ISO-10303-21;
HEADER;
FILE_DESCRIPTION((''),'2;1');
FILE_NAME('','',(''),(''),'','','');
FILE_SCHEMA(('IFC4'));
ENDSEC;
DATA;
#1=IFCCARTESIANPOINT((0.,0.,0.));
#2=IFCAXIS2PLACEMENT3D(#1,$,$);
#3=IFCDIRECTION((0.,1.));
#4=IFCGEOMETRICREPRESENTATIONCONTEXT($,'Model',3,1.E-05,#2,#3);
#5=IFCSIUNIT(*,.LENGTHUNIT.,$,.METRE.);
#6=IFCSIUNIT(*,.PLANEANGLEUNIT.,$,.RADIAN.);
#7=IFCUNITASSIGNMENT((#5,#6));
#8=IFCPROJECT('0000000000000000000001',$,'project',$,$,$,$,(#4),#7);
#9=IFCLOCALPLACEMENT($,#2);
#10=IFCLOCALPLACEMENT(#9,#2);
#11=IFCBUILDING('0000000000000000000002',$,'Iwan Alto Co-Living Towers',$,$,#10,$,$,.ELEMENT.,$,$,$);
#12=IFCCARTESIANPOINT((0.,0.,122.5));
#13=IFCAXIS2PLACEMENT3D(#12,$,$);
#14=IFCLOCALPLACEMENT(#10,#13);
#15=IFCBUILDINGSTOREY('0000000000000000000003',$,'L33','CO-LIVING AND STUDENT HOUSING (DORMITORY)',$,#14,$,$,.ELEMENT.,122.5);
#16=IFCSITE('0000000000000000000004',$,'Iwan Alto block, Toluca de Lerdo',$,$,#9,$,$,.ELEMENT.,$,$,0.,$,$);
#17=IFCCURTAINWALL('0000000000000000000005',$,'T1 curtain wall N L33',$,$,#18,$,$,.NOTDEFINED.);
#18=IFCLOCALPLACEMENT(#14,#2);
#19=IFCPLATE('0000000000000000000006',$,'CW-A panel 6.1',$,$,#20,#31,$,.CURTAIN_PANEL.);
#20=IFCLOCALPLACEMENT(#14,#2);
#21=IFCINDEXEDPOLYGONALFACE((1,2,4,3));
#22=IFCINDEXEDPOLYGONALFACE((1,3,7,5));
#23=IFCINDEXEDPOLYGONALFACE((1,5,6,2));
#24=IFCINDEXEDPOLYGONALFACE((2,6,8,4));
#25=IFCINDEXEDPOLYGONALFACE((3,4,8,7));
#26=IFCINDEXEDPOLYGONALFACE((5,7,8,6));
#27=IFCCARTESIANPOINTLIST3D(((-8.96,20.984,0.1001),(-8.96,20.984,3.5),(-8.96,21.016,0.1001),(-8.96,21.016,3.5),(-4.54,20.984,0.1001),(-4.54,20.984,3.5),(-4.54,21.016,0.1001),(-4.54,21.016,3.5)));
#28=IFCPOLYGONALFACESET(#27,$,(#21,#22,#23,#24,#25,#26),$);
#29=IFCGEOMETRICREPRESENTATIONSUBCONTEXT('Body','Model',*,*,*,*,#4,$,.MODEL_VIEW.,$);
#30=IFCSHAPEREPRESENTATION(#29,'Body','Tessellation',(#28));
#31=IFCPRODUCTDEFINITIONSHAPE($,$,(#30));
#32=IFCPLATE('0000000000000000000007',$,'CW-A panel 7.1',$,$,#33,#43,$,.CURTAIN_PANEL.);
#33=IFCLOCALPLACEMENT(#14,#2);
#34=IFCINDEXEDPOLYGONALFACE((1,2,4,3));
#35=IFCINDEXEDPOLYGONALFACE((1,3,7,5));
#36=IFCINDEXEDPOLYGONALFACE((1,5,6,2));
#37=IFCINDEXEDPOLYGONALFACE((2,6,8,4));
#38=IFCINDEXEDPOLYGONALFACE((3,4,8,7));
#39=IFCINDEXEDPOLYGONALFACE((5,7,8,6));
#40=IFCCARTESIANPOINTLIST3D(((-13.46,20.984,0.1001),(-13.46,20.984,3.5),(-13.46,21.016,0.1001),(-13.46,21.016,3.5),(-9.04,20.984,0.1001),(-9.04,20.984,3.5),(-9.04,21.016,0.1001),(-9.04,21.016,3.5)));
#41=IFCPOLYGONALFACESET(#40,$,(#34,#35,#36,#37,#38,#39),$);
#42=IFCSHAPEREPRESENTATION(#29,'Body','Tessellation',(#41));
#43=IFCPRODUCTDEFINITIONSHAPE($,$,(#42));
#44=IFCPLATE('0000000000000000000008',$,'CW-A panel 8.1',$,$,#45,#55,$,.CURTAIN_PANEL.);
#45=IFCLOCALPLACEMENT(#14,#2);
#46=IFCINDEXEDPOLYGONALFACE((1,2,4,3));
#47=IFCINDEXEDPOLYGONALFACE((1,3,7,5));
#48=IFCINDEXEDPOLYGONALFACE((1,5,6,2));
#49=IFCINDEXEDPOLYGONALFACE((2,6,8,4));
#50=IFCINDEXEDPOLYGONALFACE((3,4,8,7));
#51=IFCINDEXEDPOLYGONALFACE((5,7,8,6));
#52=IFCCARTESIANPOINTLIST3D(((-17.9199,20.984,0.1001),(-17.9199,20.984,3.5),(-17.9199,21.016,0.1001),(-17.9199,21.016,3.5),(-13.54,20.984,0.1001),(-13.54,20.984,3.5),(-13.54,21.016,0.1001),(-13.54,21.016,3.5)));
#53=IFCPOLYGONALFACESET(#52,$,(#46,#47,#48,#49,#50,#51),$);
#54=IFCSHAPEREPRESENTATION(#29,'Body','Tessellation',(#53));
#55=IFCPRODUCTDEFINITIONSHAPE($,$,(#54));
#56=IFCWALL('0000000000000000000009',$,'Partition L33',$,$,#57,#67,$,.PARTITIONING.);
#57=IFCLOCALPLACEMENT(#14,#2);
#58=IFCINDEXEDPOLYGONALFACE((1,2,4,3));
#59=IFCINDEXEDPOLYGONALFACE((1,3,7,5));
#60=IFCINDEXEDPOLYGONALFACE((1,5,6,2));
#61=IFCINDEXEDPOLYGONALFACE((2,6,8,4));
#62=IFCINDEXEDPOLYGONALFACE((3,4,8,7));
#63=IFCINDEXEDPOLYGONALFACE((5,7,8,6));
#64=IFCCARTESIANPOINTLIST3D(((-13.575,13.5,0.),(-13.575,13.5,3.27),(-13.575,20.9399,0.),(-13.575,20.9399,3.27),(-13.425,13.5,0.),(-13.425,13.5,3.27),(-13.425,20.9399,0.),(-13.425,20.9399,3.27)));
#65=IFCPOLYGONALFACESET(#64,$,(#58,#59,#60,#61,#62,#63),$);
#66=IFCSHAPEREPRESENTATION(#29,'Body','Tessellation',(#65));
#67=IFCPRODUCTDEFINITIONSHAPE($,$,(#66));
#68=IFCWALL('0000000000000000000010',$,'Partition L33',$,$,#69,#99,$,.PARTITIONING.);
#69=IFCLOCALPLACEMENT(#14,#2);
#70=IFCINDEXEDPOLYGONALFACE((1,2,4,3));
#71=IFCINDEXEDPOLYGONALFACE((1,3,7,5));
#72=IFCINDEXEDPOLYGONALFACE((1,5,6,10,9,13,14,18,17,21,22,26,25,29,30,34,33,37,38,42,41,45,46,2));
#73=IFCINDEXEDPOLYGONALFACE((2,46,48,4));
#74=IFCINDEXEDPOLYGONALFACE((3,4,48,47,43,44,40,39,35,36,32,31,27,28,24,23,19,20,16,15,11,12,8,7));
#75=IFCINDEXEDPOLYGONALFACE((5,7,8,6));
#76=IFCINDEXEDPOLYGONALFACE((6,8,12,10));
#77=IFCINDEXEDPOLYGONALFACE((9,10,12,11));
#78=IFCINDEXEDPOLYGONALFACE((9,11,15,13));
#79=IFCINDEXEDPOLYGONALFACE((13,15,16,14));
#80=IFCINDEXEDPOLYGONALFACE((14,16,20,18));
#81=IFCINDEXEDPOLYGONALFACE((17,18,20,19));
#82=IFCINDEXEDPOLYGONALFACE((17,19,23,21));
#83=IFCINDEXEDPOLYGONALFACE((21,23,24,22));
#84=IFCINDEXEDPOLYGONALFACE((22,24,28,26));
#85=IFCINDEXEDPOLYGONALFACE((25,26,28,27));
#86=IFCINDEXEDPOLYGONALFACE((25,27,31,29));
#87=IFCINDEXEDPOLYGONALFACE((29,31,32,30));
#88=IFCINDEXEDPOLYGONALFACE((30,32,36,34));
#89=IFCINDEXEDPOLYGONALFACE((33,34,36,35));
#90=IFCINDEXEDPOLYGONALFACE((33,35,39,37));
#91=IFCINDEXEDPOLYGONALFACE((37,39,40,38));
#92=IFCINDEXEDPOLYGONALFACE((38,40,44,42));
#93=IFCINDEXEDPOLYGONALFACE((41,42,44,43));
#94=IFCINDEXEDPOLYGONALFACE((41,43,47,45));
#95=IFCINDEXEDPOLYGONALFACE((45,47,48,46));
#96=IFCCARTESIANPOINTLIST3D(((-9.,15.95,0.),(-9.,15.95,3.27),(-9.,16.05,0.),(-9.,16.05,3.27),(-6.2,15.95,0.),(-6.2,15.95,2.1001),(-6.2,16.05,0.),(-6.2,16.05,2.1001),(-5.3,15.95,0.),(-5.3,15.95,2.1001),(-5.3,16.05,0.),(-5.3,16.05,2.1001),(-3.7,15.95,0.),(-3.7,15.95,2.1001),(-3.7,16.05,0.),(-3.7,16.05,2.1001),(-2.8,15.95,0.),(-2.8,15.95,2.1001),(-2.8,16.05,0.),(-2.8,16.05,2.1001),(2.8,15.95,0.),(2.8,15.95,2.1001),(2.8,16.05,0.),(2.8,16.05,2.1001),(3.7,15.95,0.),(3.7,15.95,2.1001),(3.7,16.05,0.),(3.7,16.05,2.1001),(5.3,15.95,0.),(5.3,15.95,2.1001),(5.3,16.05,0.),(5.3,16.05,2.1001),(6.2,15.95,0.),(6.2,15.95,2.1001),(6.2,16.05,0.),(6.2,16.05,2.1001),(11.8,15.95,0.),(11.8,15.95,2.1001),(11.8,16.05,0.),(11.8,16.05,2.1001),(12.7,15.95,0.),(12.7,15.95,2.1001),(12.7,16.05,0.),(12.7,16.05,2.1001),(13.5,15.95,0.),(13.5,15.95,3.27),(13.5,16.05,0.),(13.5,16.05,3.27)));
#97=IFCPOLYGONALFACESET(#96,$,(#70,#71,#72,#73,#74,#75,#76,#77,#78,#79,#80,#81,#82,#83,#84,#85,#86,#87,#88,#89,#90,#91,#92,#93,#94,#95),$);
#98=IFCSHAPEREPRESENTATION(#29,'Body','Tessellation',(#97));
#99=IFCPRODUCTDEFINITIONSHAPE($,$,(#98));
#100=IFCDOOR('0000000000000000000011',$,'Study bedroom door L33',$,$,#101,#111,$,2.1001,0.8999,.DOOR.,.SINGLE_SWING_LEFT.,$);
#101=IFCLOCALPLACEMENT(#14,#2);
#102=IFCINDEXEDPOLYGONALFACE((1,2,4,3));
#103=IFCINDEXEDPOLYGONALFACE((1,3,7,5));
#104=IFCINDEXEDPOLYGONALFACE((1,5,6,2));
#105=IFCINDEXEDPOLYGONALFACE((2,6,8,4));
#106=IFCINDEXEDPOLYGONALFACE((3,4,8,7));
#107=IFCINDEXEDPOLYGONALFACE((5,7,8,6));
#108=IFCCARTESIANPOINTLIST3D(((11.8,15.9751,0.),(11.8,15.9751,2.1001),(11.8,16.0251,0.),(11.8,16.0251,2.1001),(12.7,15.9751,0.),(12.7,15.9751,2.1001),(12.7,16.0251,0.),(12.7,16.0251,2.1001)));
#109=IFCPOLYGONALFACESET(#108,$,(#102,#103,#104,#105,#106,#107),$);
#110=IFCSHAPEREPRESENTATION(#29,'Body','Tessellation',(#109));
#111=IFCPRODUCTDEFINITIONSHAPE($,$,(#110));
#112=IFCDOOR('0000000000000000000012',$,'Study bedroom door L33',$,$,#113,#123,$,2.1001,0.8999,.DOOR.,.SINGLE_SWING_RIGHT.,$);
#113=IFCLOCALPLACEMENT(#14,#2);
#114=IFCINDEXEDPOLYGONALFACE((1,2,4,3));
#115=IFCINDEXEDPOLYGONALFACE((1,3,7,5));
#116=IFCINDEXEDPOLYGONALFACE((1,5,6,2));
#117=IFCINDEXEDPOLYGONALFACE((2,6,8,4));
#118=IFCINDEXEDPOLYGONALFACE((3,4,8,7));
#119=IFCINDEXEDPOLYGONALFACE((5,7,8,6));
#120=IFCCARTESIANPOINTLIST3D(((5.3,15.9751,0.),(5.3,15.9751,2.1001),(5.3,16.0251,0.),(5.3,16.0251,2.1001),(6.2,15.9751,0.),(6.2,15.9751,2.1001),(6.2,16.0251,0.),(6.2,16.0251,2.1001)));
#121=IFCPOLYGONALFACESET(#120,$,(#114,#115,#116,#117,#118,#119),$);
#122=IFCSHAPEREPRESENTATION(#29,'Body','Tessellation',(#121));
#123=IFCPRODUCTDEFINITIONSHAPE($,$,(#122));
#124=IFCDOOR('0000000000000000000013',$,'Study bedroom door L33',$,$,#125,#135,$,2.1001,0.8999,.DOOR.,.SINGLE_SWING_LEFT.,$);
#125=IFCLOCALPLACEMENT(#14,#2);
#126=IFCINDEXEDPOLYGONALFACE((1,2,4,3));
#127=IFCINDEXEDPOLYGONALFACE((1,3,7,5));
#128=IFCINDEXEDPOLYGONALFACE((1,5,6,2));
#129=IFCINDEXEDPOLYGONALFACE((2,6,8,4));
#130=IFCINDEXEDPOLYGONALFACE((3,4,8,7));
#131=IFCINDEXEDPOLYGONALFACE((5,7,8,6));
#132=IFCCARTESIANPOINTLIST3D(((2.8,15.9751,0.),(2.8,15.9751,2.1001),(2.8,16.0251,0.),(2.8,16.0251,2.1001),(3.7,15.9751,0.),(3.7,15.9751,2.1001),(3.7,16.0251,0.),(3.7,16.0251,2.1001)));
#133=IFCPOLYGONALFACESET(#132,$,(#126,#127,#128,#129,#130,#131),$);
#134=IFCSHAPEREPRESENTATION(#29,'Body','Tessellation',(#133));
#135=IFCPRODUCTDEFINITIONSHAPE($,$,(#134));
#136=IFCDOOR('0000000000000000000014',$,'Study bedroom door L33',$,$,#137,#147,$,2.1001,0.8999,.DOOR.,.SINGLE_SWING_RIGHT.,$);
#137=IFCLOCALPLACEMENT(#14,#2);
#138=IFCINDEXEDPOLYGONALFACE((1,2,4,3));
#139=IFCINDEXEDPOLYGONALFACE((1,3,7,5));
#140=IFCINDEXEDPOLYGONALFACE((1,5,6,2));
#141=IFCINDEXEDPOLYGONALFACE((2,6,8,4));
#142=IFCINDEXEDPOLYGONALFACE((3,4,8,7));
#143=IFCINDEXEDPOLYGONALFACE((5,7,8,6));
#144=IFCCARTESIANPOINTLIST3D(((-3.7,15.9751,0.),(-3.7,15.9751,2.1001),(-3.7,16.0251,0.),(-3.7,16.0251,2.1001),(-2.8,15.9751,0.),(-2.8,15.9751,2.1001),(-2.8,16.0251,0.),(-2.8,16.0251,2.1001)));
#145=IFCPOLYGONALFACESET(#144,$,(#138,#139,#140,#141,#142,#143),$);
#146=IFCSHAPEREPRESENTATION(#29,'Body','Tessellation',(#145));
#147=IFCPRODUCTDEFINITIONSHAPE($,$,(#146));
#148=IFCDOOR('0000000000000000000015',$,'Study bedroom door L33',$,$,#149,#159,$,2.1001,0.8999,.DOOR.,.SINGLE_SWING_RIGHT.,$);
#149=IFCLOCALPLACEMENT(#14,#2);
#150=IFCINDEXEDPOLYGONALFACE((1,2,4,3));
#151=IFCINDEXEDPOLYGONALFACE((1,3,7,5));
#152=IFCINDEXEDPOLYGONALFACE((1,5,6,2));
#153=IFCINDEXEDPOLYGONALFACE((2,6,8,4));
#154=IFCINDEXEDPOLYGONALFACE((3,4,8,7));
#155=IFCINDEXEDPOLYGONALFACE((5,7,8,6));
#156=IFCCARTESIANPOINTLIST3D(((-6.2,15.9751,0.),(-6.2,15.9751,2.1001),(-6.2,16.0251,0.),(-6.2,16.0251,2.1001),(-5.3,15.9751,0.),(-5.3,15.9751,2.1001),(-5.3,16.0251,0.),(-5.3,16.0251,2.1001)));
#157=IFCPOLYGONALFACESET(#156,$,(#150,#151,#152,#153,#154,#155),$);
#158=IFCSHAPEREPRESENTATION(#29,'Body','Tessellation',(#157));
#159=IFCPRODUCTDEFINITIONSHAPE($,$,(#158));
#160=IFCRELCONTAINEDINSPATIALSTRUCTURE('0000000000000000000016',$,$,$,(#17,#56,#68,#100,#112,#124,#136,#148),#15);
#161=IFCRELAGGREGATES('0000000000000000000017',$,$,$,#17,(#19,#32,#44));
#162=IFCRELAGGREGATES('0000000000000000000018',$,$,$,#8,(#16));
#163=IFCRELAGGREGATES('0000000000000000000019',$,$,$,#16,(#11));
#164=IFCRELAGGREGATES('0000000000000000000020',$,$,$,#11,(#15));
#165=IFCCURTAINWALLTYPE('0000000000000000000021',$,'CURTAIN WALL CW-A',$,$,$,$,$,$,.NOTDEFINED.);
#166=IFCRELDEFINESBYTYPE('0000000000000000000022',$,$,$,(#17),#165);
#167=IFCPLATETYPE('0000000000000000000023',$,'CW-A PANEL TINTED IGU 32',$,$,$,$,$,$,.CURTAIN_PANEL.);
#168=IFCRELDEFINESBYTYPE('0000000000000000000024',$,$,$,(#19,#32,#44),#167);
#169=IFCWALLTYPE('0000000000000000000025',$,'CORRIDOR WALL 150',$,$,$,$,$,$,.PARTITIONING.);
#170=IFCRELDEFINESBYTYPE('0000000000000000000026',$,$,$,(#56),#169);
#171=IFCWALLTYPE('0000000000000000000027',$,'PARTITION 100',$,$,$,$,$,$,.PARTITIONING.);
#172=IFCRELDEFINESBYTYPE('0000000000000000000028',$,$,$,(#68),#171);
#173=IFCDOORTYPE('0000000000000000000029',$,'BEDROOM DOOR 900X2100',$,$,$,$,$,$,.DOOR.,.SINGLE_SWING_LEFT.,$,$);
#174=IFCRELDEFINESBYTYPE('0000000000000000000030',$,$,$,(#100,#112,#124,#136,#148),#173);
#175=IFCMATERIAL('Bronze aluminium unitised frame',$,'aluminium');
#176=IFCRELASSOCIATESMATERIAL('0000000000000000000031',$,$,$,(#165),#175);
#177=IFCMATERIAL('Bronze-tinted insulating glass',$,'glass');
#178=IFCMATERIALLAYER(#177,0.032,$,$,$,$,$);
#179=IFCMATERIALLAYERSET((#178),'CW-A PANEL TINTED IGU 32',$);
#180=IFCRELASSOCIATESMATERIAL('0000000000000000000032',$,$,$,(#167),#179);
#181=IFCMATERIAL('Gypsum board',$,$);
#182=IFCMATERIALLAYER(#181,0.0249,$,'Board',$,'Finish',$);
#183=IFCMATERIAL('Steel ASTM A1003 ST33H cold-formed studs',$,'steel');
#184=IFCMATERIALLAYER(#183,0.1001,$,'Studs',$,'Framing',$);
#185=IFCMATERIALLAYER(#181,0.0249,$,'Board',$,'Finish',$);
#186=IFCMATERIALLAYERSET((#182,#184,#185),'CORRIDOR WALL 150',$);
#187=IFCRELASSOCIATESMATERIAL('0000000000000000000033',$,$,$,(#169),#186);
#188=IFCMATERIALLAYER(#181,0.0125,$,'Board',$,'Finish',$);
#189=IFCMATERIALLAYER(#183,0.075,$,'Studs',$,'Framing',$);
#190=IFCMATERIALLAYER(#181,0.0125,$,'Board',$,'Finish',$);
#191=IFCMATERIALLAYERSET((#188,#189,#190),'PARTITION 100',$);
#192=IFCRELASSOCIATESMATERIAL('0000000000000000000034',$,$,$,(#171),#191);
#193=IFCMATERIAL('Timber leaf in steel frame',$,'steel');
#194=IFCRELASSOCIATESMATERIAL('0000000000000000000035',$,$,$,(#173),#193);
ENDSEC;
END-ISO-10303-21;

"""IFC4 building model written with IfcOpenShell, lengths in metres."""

from ifc_helpers import new_model, si_unit, direction, frame, frame_2d, origin, origin_2d, place, context, subcontext, project, spatial, rectangle, extrude, material, layer, layer_set, type_object, element, fill, aggregate, save


model = new_model("IFC4")

# Units and contexts
model_context = context("Model", 3, precision=1e-05, world=origin(), true_north=direction((0.0, 1.0)))
body_context = subcontext(model_context, "Body", "Model", "MODEL_VIEW")
ifc_project = project(units=[si_unit("LENGTHUNIT", "METRE"), si_unit("PLANEANGLEUNIT", "RADIAN")], contexts=[model_context])

# Site, building, storey
site_placement = place(None, origin())
site = spatial("IfcSite", under=ifc_project, at=site_placement, Name="Iwan Alto block, Toluca de Lerdo", CompositionType="ELEMENT", RefElevation=0.0)
building_placement = place(site_placement, origin())
building = spatial("IfcBuilding", under=site, at=building_placement, Name="Iwan Alto Co-Living Towers", CompositionType="ELEMENT")
storey_placement = place(building_placement, frame((0.0, 0.0, 122.5)))
storey = spatial("IfcBuildingStorey", under=building, at=storey_placement, Name="L33", Description="CO-LIVING AND STUDENT HOUSING (DORMITORY)", CompositionType="ELEMENT", Elevation=122.5)

# Curtain wall
ifc_material_1 = material(Name="Bronze aluminium unitised frame", Category="aluminium")
curtain_wall_type_1 = type_object("IfcCurtainWallType", Name="CURTAIN WALL CW-A", PredefinedType="NOTDEFINED", material=ifc_material_1)
curtain_wall_1_placement = place(storey_placement, origin())
curtain_wall_1 = element("IfcCurtainWall", 1, at=curtain_wall_1_placement, inside=storey, type_object=curtain_wall_type_1, Name="T1 curtain wall N L33", PredefinedType="NOTDEFINED")

# Plates
ifc_material_2 = material(Name="Bronze-tinted insulating glass", Category="glass")
ifc_layer_1 = layer(ifc_material_2, 0.032)
ifc_layer_set_1 = layer_set([ifc_layer_1], Name="CW-A PANEL TINTED IGU 32")
plate_type = type_object("IfcPlateType", Name="CW-A PANEL TINTED IGU 32", PredefinedType="CURTAIN_PANEL", material=ifc_layer_set_1)
plate_1_placement = place(storey_placement, frame((-6.75, 21.0, 0.1001), z_axis=(0.0, 0.0, 1.0), x_axis=(-1.0, 0.0, 0.0)))
plate_1 = element("IfcPlate", 2, at=plate_1_placement, type_object=plate_type, Name="CW-A panel 6.1", PredefinedType="CURTAIN_PANEL", context=body_context, shape_type="SweptSolid", body=[
    extrude(rectangle(XDim=4.4199, YDim=0.032, at=origin_2d()), origin(), (0.0, 0.0, 1.0), 3.3999),
])
plate_2_placement = place(storey_placement, frame((-11.25, 21.0, 0.1001), z_axis=(0.0, 0.0, 1.0), x_axis=(-1.0, 0.0, 0.0)))
plate_2 = element("IfcPlate", 3, at=plate_2_placement, type_object=plate_type, Name="CW-A panel 7.1", PredefinedType="CURTAIN_PANEL", context=body_context, shape_type="SweptSolid", body=[
    extrude(rectangle(XDim=4.4199, YDim=0.032, at=origin_2d()), origin(), (0.0, 0.0, 1.0), 3.3999),
])
plate_3_placement = place(storey_placement, frame((-15.73, 21.0, 0.1001), z_axis=(0.0, 0.0, 1.0), x_axis=(-1.0, 0.0, 0.0)))
plate_3 = element("IfcPlate", 4, at=plate_3_placement, type_object=plate_type, Name="CW-A panel 8.1", PredefinedType="CURTAIN_PANEL", context=body_context, shape_type="SweptSolid", body=[
    extrude(rectangle(XDim=4.3799, YDim=0.032, at=origin_2d()), origin(), (0.0, 0.0, 1.0), 3.3999),
])
aggregate(curtain_wall_1, [plate_1, plate_2, plate_3])

# Wall
ifc_material_3 = material(Name="Gypsum board")
ifc_layer_2 = layer(ifc_material_3, 0.0249, Name="Board", Category="Finish")
ifc_material_4 = material(Name="Steel ASTM A1003 ST33H cold-formed studs", Category="steel")
ifc_layer_3 = layer(ifc_material_4, 0.1001, Name="Studs", Category="Framing")
ifc_layer_4 = layer(ifc_material_3, 0.0249, Name="Board", Category="Finish")
ifc_layer_set_2 = layer_set([ifc_layer_2, ifc_layer_3, ifc_layer_4], Name="CORRIDOR WALL 150")
wall_type_1 = type_object("IfcWallType", Name="CORRIDOR WALL 150", PredefinedType="PARTITIONING", material=ifc_layer_set_2)
wall_1_placement = place(storey_placement, frame((-13.5, 13.5, 0.0), z_axis=(0.0, 0.0, 1.0), x_axis=(0.0, 1.0, 0.0)))
element("IfcWall", 5, at=wall_1_placement, inside=storey, type_object=wall_type_1, Name="Partition L33", PredefinedType="PARTITIONING", context=body_context, shape_type="SweptSolid", body=[
    extrude(rectangle(XDim=7.4399, YDim=0.1499, at=frame_2d((3.72, 0.0))), origin(), (0.0, 0.0, 1.0), 3.27),
])

# Wall, openings, doors
ifc_layer_5 = layer(ifc_material_3, 0.0125, Name="Board", Category="Finish")
ifc_layer_6 = layer(ifc_material_4, 0.075, Name="Studs", Category="Framing")
ifc_layer_7 = layer(ifc_material_3, 0.0125, Name="Board", Category="Finish")
ifc_layer_set_3 = layer_set([ifc_layer_5, ifc_layer_6, ifc_layer_7], Name="PARTITION 100")
wall_type_2 = type_object("IfcWallType", Name="PARTITION 100", PredefinedType="PARTITIONING", material=ifc_layer_set_3)
wall_2_placement = place(storey_placement, frame((-9.0, 16.0, 0.0), z_axis=(0.0, 0.0, 1.0), x_axis=(1.0, 0.0, 0.0)))
wall_2 = element("IfcWall", 6, at=wall_2_placement, inside=storey, type_object=wall_type_2, Name="Partition L33", PredefinedType="PARTITIONING", context=body_context, shape_type="SweptSolid", body=[
    extrude(rectangle(XDim=22.5, YDim=0.1001, at=frame_2d((11.25, 0.0))), origin(), (0.0, 0.0, 1.0), 3.27),
])
opening_1_placement = place(wall_2_placement, frame((20.8, 0.0, 0.0)))
opening_1 = element("IfcOpeningElement", 7, at=opening_1_placement, cuts=wall_2, PredefinedType="OPENING", context=body_context, shape_type="SweptSolid", body=[
    extrude(rectangle(XDim=0.8999, YDim=2.1001, at=frame_2d((0.45, 1.05))), frame((0.0, 0.0601, 0.0), z_axis=(0.0, -1.0, 0.0), x_axis=(1.0, 0.0, 0.0)), (0.0, 0.0, 1.0), 0.1201),
])
opening_2_placement = place(wall_2_placement, frame((14.3, 0.0, 0.0)))
opening_2 = element("IfcOpeningElement", 8, at=opening_2_placement, cuts=wall_2, PredefinedType="OPENING", context=body_context, shape_type="SweptSolid", body=[
    extrude(rectangle(XDim=0.8999, YDim=2.1001, at=frame_2d((0.45, 1.05))), frame((0.0, 0.0601, 0.0), z_axis=(0.0, -1.0, 0.0), x_axis=(1.0, 0.0, 0.0)), (0.0, 0.0, 1.0), 0.1201),
])
opening_3_placement = place(wall_2_placement, frame((11.8, 0.0, 0.0)))
opening_3 = element("IfcOpeningElement", 9, at=opening_3_placement, cuts=wall_2, PredefinedType="OPENING", context=body_context, shape_type="SweptSolid", body=[
    extrude(rectangle(XDim=0.8999, YDim=2.1001, at=frame_2d((0.45, 1.05))), frame((0.0, 0.0601, 0.0), z_axis=(0.0, -1.0, 0.0), x_axis=(1.0, 0.0, 0.0)), (0.0, 0.0, 1.0), 0.1201),
])
opening_4_placement = place(wall_2_placement, frame((5.3, 0.0, 0.0)))
opening_4 = element("IfcOpeningElement", 10, at=opening_4_placement, cuts=wall_2, PredefinedType="OPENING", context=body_context, shape_type="SweptSolid", body=[
    extrude(rectangle(XDim=0.8999, YDim=2.1001, at=frame_2d((0.45, 1.05))), frame((0.0, 0.0601, 0.0), z_axis=(0.0, -1.0, 0.0), x_axis=(1.0, 0.0, 0.0)), (0.0, 0.0, 1.0), 0.1201),
])
opening_5_placement = place(wall_2_placement, frame((2.8, 0.0, 0.0)))
opening_5 = element("IfcOpeningElement", 11, at=opening_5_placement, cuts=wall_2, PredefinedType="OPENING", context=body_context, shape_type="SweptSolid", body=[
    extrude(rectangle(XDim=0.8999, YDim=2.1001, at=frame_2d((0.45, 1.05))), frame((0.0, 0.0601, 0.0), z_axis=(0.0, -1.0, 0.0), x_axis=(1.0, 0.0, 0.0)), (0.0, 0.0, 1.0), 0.1201),
])
ifc_material_5 = material(Name="Timber leaf in steel frame", Category="steel")
door_type_1 = type_object("IfcDoorType", Name="BEDROOM DOOR 900X2100", OperationType="SINGLE_SWING_LEFT", PredefinedType="DOOR", material=ifc_material_5)
door_1_placement = place(opening_1_placement, frame((0.8999, 0.0, 0.0), z_axis=(0.0, 0.0, 1.0), x_axis=(-1.0, 0.0, 0.0)))
door_1 = element("IfcDoor", 12, at=door_1_placement, inside=storey, type_object=door_type_1, Name="Study bedroom door L33", OperationType="SINGLE_SWING_LEFT", OverallHeight=2.1001, OverallWidth=0.8999, PredefinedType="DOOR", context=body_context, shape_type="SweptSolid", body=[
    extrude(rectangle(XDim=0.8999, YDim=2.1001, at=frame_2d((0.45, 1.05))), frame((0.0, 0.0249, 0.0), z_axis=(0.0, -1.0, 0.0), x_axis=(1.0, 0.0, 0.0)), (0.0, 0.0, 1.0), 0.05),
])
fill(opening_1, door_1)
door_2_placement = place(opening_2_placement, frame((0.8999, 0.0, 0.0), z_axis=(0.0, 0.0, 1.0), x_axis=(-1.0, 0.0, 0.0)))
door_2 = element("IfcDoor", 13, at=door_2_placement, inside=storey, type_object=door_type_1, Name="Study bedroom door L33", OperationType="SINGLE_SWING_RIGHT", OverallHeight=2.1001, OverallWidth=0.8999, PredefinedType="DOOR", context=body_context, shape_type="SweptSolid", body=[
    extrude(rectangle(XDim=0.8999, YDim=2.1001, at=frame_2d((0.45, 1.05))), frame((0.0, 0.0249, 0.0), z_axis=(0.0, -1.0, 0.0), x_axis=(1.0, 0.0, 0.0)), (0.0, 0.0, 1.0), 0.05),
])
fill(opening_2, door_2)
door_3_placement = place(opening_3_placement, frame((0.8999, 0.0, 0.0), z_axis=(0.0, 0.0, 1.0), x_axis=(-1.0, 0.0, 0.0)))
door_3 = element("IfcDoor", 14, at=door_3_placement, inside=storey, type_object=door_type_1, Name="Study bedroom door L33", OperationType="SINGLE_SWING_LEFT", OverallHeight=2.1001, OverallWidth=0.8999, PredefinedType="DOOR", context=body_context, shape_type="SweptSolid", body=[
    extrude(rectangle(XDim=0.8999, YDim=2.1001, at=frame_2d((0.45, 1.05))), frame((0.0, 0.0249, 0.0), z_axis=(0.0, -1.0, 0.0), x_axis=(1.0, 0.0, 0.0)), (0.0, 0.0, 1.0), 0.05),
])
fill(opening_3, door_3)
door_4_placement = place(opening_4_placement, frame((0.8999, 0.0, 0.0), z_axis=(0.0, 0.0, 1.0), x_axis=(-1.0, 0.0, 0.0)))
door_4 = element("IfcDoor", 15, at=door_4_placement, inside=storey, type_object=door_type_1, Name="Study bedroom door L33", OperationType="SINGLE_SWING_RIGHT", OverallHeight=2.1001, OverallWidth=0.8999, PredefinedType="DOOR", context=body_context, shape_type="SweptSolid", body=[
    extrude(rectangle(XDim=0.8999, YDim=2.1001, at=frame_2d((0.45, 1.05))), frame((0.0, 0.0249, 0.0), z_axis=(0.0, -1.0, 0.0), x_axis=(1.0, 0.0, 0.0)), (0.0, 0.0, 1.0), 0.05),
])
fill(opening_4, door_4)
door_5_placement = place(opening_5_placement, frame((0.8999, 0.0, 0.0), z_axis=(0.0, 0.0, 1.0), x_axis=(-1.0, 0.0, 0.0)))
door_5 = element("IfcDoor", 16, at=door_5_placement, inside=storey, type_object=door_type_1, Name="Study bedroom door L33", OperationType="SINGLE_SWING_RIGHT", OverallHeight=2.1001, OverallWidth=0.8999, PredefinedType="DOOR", context=body_context, shape_type="SweptSolid", body=[
    extrude(rectangle(XDim=0.8999, YDim=2.1001, at=frame_2d((0.45, 1.05))), frame((0.0, 0.0249, 0.0), z_axis=(0.0, -1.0, 0.0), x_axis=(1.0, 0.0, 0.0)), (0.0, 0.0, 1.0), 0.05),
])
fill(opening_5, door_5)

save(model, "model.ifc")
